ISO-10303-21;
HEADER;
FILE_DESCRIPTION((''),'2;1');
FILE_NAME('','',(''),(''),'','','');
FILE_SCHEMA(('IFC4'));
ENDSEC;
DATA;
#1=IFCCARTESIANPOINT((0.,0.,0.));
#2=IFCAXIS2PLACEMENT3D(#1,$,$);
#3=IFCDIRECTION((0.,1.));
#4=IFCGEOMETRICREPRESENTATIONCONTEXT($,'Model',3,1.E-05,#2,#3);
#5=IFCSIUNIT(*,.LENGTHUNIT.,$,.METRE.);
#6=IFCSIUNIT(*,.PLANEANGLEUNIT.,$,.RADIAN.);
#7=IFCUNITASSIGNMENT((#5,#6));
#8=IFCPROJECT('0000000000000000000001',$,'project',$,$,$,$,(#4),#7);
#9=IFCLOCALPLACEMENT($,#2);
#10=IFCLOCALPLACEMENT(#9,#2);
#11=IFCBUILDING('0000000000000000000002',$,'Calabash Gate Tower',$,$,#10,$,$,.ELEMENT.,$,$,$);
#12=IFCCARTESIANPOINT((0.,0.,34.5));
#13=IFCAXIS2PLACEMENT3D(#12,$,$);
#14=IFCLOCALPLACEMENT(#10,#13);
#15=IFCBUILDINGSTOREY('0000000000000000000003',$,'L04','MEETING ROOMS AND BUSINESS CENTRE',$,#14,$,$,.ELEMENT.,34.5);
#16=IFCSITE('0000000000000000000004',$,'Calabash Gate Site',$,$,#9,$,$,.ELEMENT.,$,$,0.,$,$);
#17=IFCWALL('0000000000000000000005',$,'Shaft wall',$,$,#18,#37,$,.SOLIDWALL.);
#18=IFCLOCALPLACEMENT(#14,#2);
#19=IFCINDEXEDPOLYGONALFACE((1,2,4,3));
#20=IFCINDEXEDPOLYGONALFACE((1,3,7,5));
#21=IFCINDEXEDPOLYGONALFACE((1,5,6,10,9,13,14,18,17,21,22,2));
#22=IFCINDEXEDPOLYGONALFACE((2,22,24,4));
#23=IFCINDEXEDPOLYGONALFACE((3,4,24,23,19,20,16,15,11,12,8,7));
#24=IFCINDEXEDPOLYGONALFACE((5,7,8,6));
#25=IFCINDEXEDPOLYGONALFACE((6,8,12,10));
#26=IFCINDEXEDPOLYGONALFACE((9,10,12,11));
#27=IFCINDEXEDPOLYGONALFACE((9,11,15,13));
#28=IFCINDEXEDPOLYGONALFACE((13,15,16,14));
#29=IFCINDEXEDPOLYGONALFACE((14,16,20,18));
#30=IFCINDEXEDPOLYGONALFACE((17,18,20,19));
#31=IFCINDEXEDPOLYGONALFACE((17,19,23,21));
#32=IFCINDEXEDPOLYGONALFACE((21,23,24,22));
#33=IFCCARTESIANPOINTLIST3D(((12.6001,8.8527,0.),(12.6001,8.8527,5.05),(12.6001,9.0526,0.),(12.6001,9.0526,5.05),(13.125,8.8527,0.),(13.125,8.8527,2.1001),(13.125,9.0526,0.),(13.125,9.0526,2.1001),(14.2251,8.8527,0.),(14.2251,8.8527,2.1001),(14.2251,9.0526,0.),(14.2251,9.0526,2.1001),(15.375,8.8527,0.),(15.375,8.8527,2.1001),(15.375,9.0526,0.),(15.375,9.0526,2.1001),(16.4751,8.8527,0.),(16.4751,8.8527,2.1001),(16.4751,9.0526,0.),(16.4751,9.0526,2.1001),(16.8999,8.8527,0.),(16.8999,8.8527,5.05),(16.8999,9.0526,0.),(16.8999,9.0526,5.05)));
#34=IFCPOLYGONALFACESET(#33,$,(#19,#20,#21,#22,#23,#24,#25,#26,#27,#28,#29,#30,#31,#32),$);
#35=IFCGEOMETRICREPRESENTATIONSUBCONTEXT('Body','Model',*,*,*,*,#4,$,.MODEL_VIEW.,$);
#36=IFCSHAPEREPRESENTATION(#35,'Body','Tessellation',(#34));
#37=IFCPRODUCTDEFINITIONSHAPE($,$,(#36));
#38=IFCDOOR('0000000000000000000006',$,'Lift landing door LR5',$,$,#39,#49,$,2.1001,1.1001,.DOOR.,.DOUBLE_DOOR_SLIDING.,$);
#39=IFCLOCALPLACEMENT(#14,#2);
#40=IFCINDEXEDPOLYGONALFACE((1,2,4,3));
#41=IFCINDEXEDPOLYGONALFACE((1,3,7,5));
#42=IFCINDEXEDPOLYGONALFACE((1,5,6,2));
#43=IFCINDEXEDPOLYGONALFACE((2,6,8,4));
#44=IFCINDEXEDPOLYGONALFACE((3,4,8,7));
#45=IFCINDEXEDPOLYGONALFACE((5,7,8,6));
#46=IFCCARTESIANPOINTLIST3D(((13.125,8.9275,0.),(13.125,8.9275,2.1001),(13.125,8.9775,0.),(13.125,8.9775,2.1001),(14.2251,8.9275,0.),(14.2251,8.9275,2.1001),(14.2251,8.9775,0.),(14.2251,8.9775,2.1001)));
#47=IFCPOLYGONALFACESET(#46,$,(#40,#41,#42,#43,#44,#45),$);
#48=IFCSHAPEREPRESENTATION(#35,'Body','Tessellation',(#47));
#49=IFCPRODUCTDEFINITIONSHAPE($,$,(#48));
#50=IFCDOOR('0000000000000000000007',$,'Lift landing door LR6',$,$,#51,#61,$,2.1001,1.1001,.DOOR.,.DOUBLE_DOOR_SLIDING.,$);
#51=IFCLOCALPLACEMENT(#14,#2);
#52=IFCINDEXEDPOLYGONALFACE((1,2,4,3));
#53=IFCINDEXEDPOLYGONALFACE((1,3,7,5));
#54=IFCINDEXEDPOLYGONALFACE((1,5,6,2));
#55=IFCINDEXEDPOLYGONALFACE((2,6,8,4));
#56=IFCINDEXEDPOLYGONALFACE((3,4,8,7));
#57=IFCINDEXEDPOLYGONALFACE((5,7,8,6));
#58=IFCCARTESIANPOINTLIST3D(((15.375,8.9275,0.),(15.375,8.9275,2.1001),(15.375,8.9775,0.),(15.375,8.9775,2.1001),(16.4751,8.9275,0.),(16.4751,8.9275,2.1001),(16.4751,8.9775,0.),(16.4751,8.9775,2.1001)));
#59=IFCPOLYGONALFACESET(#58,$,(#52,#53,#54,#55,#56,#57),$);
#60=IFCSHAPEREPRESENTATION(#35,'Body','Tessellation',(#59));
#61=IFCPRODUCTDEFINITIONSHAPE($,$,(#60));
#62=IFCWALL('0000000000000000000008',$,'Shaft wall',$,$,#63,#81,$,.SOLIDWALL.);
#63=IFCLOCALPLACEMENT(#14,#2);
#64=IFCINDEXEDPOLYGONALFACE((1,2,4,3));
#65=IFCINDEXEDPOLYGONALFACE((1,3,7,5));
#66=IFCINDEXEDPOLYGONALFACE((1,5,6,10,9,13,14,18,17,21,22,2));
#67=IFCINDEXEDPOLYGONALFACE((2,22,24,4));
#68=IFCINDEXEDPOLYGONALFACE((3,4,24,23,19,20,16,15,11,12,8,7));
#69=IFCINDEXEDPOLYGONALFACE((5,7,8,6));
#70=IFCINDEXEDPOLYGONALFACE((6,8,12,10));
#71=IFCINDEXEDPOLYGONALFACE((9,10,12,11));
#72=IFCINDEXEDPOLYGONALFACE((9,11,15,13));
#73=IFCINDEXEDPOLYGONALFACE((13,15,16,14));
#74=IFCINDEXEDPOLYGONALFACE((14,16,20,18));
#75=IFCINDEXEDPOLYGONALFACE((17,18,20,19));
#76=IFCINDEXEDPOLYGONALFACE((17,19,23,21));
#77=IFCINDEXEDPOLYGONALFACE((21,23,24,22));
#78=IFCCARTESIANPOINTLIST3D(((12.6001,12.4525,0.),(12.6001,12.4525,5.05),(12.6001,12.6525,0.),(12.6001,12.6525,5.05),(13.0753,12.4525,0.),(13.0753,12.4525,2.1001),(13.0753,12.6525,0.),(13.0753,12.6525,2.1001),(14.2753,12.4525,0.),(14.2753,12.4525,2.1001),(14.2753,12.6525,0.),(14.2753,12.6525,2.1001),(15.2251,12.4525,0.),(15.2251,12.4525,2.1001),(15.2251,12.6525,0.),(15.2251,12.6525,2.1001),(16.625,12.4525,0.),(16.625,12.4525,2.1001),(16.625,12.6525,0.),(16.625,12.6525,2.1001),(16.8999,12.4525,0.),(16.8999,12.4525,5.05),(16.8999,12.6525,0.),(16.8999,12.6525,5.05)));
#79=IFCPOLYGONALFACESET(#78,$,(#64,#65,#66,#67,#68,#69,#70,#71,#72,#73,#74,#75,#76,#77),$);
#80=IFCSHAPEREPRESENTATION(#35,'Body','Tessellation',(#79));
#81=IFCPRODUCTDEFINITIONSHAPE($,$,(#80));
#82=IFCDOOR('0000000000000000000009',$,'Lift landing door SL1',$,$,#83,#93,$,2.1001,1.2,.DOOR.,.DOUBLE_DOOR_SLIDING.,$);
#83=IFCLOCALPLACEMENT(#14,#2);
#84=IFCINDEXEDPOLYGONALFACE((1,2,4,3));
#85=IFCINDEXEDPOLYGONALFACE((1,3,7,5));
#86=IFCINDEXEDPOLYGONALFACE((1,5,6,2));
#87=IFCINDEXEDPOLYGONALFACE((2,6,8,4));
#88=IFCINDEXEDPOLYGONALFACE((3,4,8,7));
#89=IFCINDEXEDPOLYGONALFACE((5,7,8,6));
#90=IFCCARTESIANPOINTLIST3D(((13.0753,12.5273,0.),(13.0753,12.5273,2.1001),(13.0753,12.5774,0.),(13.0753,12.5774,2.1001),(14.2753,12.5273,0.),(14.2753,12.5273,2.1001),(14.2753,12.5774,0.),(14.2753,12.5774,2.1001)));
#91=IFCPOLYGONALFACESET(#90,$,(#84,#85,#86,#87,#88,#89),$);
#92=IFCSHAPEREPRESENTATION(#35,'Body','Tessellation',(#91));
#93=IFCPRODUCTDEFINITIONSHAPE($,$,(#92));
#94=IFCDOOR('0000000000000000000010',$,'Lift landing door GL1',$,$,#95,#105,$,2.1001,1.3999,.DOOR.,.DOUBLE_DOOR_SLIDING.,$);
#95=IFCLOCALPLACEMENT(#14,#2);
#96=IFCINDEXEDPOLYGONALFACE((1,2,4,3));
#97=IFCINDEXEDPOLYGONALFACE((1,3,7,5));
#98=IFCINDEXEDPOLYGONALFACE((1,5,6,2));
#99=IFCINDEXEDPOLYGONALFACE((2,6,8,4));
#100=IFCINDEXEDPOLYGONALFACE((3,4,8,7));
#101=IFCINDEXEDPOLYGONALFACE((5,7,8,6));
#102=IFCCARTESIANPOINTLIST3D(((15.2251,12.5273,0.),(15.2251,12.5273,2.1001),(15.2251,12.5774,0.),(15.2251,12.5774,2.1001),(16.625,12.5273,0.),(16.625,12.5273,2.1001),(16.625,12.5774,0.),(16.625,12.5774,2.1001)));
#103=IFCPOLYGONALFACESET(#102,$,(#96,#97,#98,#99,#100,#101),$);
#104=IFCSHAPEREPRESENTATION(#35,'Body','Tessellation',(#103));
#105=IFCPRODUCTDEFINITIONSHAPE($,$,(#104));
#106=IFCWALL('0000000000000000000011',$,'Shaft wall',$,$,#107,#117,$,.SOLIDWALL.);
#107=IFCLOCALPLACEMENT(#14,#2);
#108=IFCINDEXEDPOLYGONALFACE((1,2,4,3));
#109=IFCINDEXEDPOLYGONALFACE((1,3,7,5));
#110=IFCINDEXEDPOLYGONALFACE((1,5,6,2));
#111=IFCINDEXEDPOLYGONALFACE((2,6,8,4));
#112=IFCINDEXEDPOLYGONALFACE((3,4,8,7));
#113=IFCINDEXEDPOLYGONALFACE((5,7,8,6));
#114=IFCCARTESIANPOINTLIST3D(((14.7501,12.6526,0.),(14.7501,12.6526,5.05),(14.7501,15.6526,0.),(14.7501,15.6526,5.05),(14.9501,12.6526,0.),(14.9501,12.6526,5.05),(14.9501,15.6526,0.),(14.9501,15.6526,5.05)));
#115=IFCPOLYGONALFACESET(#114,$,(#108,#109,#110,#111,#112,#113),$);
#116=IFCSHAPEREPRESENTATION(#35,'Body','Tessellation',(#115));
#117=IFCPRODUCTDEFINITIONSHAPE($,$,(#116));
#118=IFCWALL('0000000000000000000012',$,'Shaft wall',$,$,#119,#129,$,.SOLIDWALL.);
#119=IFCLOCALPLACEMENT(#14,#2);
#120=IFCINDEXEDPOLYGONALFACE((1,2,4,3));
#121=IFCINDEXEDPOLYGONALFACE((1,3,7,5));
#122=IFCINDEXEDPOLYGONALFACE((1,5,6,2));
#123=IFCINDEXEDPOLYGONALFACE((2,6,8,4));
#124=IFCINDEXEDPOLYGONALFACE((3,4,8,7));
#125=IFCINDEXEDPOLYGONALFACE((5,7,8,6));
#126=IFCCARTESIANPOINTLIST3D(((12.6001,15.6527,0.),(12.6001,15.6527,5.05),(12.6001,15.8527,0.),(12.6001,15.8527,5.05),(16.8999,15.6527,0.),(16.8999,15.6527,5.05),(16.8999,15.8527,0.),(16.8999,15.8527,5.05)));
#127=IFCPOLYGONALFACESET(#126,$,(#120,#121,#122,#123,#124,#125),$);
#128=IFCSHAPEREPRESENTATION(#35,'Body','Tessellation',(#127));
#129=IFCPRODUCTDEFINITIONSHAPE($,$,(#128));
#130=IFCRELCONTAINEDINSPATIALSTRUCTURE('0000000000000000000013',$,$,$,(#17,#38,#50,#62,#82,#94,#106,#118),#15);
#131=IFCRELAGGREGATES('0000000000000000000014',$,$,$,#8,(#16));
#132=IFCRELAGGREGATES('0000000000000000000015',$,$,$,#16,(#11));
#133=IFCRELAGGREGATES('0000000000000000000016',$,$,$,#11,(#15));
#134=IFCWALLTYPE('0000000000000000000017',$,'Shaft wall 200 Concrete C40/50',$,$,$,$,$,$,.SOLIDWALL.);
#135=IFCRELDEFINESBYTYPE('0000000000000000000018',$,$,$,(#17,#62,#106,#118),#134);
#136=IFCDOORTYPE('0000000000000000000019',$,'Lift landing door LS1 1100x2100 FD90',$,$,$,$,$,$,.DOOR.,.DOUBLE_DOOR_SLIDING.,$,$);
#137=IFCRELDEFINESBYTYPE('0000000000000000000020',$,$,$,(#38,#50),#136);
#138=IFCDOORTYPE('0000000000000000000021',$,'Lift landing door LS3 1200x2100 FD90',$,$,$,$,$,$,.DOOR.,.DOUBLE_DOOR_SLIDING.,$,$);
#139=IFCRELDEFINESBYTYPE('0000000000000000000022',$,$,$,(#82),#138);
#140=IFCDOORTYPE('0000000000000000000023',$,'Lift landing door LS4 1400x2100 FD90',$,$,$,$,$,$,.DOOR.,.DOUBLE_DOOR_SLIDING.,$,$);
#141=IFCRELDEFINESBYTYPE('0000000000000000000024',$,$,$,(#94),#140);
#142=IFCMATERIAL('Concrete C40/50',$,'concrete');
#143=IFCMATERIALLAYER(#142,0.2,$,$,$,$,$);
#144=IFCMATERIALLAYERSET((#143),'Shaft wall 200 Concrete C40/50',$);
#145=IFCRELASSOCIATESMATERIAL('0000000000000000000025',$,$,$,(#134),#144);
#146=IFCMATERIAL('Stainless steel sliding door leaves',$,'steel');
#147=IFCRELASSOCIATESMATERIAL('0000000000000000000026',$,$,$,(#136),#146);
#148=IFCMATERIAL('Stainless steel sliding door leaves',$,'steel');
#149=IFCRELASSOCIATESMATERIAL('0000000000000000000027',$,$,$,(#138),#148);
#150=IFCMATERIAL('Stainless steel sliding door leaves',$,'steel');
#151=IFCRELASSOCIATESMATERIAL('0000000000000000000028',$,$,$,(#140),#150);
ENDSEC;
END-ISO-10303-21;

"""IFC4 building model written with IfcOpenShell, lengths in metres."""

from ifc_helpers import new_model, si_unit, direction, frame, frame_2d, origin, place, context, subcontext, project, spatial, rectangle, extrude, material, layer, layer_set, type_object, element, fill, save


model = new_model("IFC4")

# Units and contexts
model_context = context("Model", 3, precision=1e-05, world=origin(), true_north=direction((0.0, 1.0)))
body_context = subcontext(model_context, "Body", "Model", "MODEL_VIEW")
ifc_project = project(units=[si_unit("LENGTHUNIT", "METRE"), si_unit("PLANEANGLEUNIT", "RADIAN")], contexts=[model_context])

# Site, building, storey
site_placement = place(None, origin())
site = spatial("IfcSite", under=ifc_project, at=site_placement, Name="Calabash Gate Site", CompositionType="ELEMENT", RefElevation=0.0)
building_placement = place(site_placement, origin())
building = spatial("IfcBuilding", under=site, at=building_placement, Name="Calabash Gate Tower", CompositionType="ELEMENT")
storey_placement = place(building_placement, frame((0.0, 0.0, 34.5)))
storey = spatial("IfcBuildingStorey", under=building, at=storey_placement, Name="L04", Description="MEETING ROOMS AND BUSINESS CENTRE", CompositionType="ELEMENT", Elevation=34.5)

# Shared definitions
ifc_material_1 = material(Name="Concrete C40/50", Category="concrete")
ifc_layer_1 = layer(ifc_material_1, 0.2)
ifc_layer_set_1 = layer_set([ifc_layer_1], Name="Shaft wall 200 Concrete C40/50")
wall_type_1 = type_object("IfcWallType", Name="Shaft wall 200 Concrete C40/50", PredefinedType="SOLIDWALL", material=ifc_layer_set_1)

# Walls, openings, doors
wall_1_placement = place(storey_placement, frame((12.6001, 8.9526, 0.0), z_axis=(0.0, 0.0, 1.0), x_axis=(1.0, 0.0, 0.0)))
wall_1 = element("IfcWall", 1, at=wall_1_placement, inside=storey, type_object=wall_type_1, Name="Shaft wall", PredefinedType="SOLIDWALL", context=body_context, shape_type="SweptSolid", body=[
    extrude(rectangle(XDim=4.2998, YDim=0.2, at=frame_2d((2.1499, 0.0))), origin(), (0.0, 0.0, 1.0), 5.05),
])
opening_1_placement = place(wall_1_placement, frame((0.5249, 0.0, 0.0)))
opening_1 = element("IfcOpeningElement", 2, at=opening_1_placement, cuts=wall_1, PredefinedType="OPENING", context=body_context, shape_type="SweptSolid", body=[
    extrude(rectangle(XDim=1.1001, YDim=2.1001, at=frame_2d((0.55, 1.05))), frame((0.0, 0.1099, 0.0), z_axis=(0.0, -1.0, 0.0), x_axis=(1.0, 0.0, 0.0)), (0.0, 0.0, 1.0), 0.22),
])
opening_2_placement = place(wall_1_placement, frame((2.7749, 0.0, 0.0)))
opening_2 = element("IfcOpeningElement", 3, at=opening_2_placement, cuts=wall_1, PredefinedType="OPENING", context=body_context, shape_type="SweptSolid", body=[
    extrude(rectangle(XDim=1.1001, YDim=2.1001, at=frame_2d((0.55, 1.05))), frame((0.0, 0.1099, 0.0), z_axis=(0.0, -1.0, 0.0), x_axis=(1.0, 0.0, 0.0)), (0.0, 0.0, 1.0), 0.22),
])
ifc_material_2 = material(Name="Stainless steel sliding door leaves", Category="steel")
door_type_1 = type_object("IfcDoorType", Name="Lift landing door LS1 1100x2100 FD90", OperationType="DOUBLE_DOOR_SLIDING", PredefinedType="DOOR", material=ifc_material_2)
door_1_placement = place(opening_1_placement, origin())
door_1 = element("IfcDoor", 4, at=door_1_placement, inside=storey, type_object=door_type_1, Name="Lift landing door LR5", OperationType="DOUBLE_DOOR_SLIDING", OverallHeight=2.1001, OverallWidth=1.1001, PredefinedType="DOOR", context=body_context, shape_type="SweptSolid", body=[
    extrude(rectangle(XDim=1.1001, YDim=2.1001, at=frame_2d((0.55, 1.05))), frame((0.0, 0.0249, 0.0), z_axis=(0.0, -1.0, 0.0), x_axis=(1.0, 0.0, 0.0)), (0.0, 0.0, 1.0), 0.05),
])
fill(opening_1, door_1)
door_2_placement = place(opening_2_placement, origin())
door_2 = element("IfcDoor", 5, at=door_2_placement, inside=storey, type_object=door_type_1, Name="Lift landing door LR6", OperationType="DOUBLE_DOOR_SLIDING", OverallHeight=2.1001, OverallWidth=1.1001, PredefinedType="DOOR", context=body_context, shape_type="SweptSolid", body=[
    extrude(rectangle(XDim=1.1001, YDim=2.1001, at=frame_2d((0.55, 1.05))), frame((0.0, 0.0249, 0.0), z_axis=(0.0, -1.0, 0.0), x_axis=(1.0, 0.0, 0.0)), (0.0, 0.0, 1.0), 0.05),
])
fill(opening_2, door_2)
wall_2_placement = place(storey_placement, frame((12.6001, 12.5525, 0.0), z_axis=(0.0, 0.0, 1.0), x_axis=(1.0, 0.0, 0.0)))
wall_2 = element("IfcWall", 6, at=wall_2_placement, inside=storey, type_object=wall_type_1, Name="Shaft wall", PredefinedType="SOLIDWALL", context=body_context, shape_type="SweptSolid", body=[
    extrude(rectangle(XDim=4.2998, YDim=0.2, at=frame_2d((2.1499, 0.0))), origin(), (0.0, 0.0, 1.0), 5.05),
])
opening_3_placement = place(wall_2_placement, frame((0.4751, 0.0, 0.0)))
opening_3 = element("IfcOpeningElement", 7, at=opening_3_placement, cuts=wall_2, PredefinedType="OPENING", context=body_context, shape_type="SweptSolid", body=[
    extrude(rectangle(XDim=1.2, YDim=2.1001, at=frame_2d((0.6001, 1.05))), frame((0.0, 0.1099, 0.0), z_axis=(0.0, -1.0, 0.0), x_axis=(1.0, 0.0, 0.0)), (0.0, 0.0, 1.0), 0.22),
])
opening_4_placement = place(wall_2_placement, frame((2.625, 0.0, 0.0)))
opening_4 = element("IfcOpeningElement", 8, at=opening_4_placement, cuts=wall_2, PredefinedType="OPENING", context=body_context, shape_type="SweptSolid", body=[
    extrude(rectangle(XDim=1.3999, YDim=2.1001, at=frame_2d((0.7, 1.05))), frame((0.0, 0.1099, 0.0), z_axis=(0.0, -1.0, 0.0), x_axis=(1.0, 0.0, 0.0)), (0.0, 0.0, 1.0), 0.22),
])
ifc_material_3 = material(Name="Stainless steel sliding door leaves", Category="steel")
door_type_2 = type_object("IfcDoorType", Name="Lift landing door LS3 1200x2100 FD90", OperationType="DOUBLE_DOOR_SLIDING", PredefinedType="DOOR", material=ifc_material_3)
door_3_placement = place(opening_3_placement, origin())
door_3 = element("IfcDoor", 9, at=door_3_placement, inside=storey, type_object=door_type_2, Name="Lift landing door SL1", OperationType="DOUBLE_DOOR_SLIDING", OverallHeight=2.1001, OverallWidth=1.2, PredefinedType="DOOR", context=body_context, shape_type="SweptSolid", body=[
    extrude(rectangle(XDim=1.2, YDim=2.1001, at=frame_2d((0.6001, 1.05))), frame((0.0, 0.0249, 0.0), z_axis=(0.0, -1.0, 0.0), x_axis=(1.0, 0.0, 0.0)), (0.0, 0.0, 1.0), 0.05),
])
fill(opening_3, door_3)
ifc_material_4 = material(Name="Stainless steel sliding door leaves", Category="steel")
door_type_3 = type_object("IfcDoorType", Name="Lift landing door LS4 1400x2100 FD90", OperationType="DOUBLE_DOOR_SLIDING", PredefinedType="DOOR", material=ifc_material_4)
door_4_placement = place(opening_4_placement, origin())
door_4 = element("IfcDoor", 10, at=door_4_placement, inside=storey, type_object=door_type_3, Name="Lift landing door GL1", OperationType="DOUBLE_DOOR_SLIDING", OverallHeight=2.1001, OverallWidth=1.3999, PredefinedType="DOOR", context=body_context, shape_type="SweptSolid", body=[
    extrude(rectangle(XDim=1.3999, YDim=2.1001, at=frame_2d((0.7, 1.05))), frame((0.0, 0.0249, 0.0), z_axis=(0.0, -1.0, 0.0), x_axis=(1.0, 0.0, 0.0)), (0.0, 0.0, 1.0), 0.05),
])
fill(opening_4, door_4)

# Walls
wall_3_placement = place(storey_placement, frame((14.8501, 12.6526, 0.0), z_axis=(0.0, 0.0, 1.0), x_axis=(0.0, 1.0, 0.0)))
element("IfcWall", 11, at=wall_3_placement, inside=storey, type_object=wall_type_1, Name="Shaft wall", PredefinedType="SOLIDWALL", context=body_context, shape_type="SweptSolid", body=[
    extrude(rectangle(XDim=3.0, YDim=0.2, at=frame_2d((1.5, 0.0))), origin(), (0.0, 0.0, 1.0), 5.05),
])
wall_4_placement = place(storey_placement, frame((12.6001, 15.7527, 0.0), z_axis=(0.0, 0.0, 1.0), x_axis=(1.0, 0.0, 0.0)))
element("IfcWall", 12, at=wall_4_placement, inside=storey, type_object=wall_type_1, Name="Shaft wall", PredefinedType="SOLIDWALL", context=body_context, shape_type="SweptSolid", body=[
    extrude(rectangle(XDim=4.2998, YDim=0.2, at=frame_2d((2.1499, 0.0))), origin(), (0.0, 0.0, 1.0), 5.05),
])

save(model, "model.ifc")
